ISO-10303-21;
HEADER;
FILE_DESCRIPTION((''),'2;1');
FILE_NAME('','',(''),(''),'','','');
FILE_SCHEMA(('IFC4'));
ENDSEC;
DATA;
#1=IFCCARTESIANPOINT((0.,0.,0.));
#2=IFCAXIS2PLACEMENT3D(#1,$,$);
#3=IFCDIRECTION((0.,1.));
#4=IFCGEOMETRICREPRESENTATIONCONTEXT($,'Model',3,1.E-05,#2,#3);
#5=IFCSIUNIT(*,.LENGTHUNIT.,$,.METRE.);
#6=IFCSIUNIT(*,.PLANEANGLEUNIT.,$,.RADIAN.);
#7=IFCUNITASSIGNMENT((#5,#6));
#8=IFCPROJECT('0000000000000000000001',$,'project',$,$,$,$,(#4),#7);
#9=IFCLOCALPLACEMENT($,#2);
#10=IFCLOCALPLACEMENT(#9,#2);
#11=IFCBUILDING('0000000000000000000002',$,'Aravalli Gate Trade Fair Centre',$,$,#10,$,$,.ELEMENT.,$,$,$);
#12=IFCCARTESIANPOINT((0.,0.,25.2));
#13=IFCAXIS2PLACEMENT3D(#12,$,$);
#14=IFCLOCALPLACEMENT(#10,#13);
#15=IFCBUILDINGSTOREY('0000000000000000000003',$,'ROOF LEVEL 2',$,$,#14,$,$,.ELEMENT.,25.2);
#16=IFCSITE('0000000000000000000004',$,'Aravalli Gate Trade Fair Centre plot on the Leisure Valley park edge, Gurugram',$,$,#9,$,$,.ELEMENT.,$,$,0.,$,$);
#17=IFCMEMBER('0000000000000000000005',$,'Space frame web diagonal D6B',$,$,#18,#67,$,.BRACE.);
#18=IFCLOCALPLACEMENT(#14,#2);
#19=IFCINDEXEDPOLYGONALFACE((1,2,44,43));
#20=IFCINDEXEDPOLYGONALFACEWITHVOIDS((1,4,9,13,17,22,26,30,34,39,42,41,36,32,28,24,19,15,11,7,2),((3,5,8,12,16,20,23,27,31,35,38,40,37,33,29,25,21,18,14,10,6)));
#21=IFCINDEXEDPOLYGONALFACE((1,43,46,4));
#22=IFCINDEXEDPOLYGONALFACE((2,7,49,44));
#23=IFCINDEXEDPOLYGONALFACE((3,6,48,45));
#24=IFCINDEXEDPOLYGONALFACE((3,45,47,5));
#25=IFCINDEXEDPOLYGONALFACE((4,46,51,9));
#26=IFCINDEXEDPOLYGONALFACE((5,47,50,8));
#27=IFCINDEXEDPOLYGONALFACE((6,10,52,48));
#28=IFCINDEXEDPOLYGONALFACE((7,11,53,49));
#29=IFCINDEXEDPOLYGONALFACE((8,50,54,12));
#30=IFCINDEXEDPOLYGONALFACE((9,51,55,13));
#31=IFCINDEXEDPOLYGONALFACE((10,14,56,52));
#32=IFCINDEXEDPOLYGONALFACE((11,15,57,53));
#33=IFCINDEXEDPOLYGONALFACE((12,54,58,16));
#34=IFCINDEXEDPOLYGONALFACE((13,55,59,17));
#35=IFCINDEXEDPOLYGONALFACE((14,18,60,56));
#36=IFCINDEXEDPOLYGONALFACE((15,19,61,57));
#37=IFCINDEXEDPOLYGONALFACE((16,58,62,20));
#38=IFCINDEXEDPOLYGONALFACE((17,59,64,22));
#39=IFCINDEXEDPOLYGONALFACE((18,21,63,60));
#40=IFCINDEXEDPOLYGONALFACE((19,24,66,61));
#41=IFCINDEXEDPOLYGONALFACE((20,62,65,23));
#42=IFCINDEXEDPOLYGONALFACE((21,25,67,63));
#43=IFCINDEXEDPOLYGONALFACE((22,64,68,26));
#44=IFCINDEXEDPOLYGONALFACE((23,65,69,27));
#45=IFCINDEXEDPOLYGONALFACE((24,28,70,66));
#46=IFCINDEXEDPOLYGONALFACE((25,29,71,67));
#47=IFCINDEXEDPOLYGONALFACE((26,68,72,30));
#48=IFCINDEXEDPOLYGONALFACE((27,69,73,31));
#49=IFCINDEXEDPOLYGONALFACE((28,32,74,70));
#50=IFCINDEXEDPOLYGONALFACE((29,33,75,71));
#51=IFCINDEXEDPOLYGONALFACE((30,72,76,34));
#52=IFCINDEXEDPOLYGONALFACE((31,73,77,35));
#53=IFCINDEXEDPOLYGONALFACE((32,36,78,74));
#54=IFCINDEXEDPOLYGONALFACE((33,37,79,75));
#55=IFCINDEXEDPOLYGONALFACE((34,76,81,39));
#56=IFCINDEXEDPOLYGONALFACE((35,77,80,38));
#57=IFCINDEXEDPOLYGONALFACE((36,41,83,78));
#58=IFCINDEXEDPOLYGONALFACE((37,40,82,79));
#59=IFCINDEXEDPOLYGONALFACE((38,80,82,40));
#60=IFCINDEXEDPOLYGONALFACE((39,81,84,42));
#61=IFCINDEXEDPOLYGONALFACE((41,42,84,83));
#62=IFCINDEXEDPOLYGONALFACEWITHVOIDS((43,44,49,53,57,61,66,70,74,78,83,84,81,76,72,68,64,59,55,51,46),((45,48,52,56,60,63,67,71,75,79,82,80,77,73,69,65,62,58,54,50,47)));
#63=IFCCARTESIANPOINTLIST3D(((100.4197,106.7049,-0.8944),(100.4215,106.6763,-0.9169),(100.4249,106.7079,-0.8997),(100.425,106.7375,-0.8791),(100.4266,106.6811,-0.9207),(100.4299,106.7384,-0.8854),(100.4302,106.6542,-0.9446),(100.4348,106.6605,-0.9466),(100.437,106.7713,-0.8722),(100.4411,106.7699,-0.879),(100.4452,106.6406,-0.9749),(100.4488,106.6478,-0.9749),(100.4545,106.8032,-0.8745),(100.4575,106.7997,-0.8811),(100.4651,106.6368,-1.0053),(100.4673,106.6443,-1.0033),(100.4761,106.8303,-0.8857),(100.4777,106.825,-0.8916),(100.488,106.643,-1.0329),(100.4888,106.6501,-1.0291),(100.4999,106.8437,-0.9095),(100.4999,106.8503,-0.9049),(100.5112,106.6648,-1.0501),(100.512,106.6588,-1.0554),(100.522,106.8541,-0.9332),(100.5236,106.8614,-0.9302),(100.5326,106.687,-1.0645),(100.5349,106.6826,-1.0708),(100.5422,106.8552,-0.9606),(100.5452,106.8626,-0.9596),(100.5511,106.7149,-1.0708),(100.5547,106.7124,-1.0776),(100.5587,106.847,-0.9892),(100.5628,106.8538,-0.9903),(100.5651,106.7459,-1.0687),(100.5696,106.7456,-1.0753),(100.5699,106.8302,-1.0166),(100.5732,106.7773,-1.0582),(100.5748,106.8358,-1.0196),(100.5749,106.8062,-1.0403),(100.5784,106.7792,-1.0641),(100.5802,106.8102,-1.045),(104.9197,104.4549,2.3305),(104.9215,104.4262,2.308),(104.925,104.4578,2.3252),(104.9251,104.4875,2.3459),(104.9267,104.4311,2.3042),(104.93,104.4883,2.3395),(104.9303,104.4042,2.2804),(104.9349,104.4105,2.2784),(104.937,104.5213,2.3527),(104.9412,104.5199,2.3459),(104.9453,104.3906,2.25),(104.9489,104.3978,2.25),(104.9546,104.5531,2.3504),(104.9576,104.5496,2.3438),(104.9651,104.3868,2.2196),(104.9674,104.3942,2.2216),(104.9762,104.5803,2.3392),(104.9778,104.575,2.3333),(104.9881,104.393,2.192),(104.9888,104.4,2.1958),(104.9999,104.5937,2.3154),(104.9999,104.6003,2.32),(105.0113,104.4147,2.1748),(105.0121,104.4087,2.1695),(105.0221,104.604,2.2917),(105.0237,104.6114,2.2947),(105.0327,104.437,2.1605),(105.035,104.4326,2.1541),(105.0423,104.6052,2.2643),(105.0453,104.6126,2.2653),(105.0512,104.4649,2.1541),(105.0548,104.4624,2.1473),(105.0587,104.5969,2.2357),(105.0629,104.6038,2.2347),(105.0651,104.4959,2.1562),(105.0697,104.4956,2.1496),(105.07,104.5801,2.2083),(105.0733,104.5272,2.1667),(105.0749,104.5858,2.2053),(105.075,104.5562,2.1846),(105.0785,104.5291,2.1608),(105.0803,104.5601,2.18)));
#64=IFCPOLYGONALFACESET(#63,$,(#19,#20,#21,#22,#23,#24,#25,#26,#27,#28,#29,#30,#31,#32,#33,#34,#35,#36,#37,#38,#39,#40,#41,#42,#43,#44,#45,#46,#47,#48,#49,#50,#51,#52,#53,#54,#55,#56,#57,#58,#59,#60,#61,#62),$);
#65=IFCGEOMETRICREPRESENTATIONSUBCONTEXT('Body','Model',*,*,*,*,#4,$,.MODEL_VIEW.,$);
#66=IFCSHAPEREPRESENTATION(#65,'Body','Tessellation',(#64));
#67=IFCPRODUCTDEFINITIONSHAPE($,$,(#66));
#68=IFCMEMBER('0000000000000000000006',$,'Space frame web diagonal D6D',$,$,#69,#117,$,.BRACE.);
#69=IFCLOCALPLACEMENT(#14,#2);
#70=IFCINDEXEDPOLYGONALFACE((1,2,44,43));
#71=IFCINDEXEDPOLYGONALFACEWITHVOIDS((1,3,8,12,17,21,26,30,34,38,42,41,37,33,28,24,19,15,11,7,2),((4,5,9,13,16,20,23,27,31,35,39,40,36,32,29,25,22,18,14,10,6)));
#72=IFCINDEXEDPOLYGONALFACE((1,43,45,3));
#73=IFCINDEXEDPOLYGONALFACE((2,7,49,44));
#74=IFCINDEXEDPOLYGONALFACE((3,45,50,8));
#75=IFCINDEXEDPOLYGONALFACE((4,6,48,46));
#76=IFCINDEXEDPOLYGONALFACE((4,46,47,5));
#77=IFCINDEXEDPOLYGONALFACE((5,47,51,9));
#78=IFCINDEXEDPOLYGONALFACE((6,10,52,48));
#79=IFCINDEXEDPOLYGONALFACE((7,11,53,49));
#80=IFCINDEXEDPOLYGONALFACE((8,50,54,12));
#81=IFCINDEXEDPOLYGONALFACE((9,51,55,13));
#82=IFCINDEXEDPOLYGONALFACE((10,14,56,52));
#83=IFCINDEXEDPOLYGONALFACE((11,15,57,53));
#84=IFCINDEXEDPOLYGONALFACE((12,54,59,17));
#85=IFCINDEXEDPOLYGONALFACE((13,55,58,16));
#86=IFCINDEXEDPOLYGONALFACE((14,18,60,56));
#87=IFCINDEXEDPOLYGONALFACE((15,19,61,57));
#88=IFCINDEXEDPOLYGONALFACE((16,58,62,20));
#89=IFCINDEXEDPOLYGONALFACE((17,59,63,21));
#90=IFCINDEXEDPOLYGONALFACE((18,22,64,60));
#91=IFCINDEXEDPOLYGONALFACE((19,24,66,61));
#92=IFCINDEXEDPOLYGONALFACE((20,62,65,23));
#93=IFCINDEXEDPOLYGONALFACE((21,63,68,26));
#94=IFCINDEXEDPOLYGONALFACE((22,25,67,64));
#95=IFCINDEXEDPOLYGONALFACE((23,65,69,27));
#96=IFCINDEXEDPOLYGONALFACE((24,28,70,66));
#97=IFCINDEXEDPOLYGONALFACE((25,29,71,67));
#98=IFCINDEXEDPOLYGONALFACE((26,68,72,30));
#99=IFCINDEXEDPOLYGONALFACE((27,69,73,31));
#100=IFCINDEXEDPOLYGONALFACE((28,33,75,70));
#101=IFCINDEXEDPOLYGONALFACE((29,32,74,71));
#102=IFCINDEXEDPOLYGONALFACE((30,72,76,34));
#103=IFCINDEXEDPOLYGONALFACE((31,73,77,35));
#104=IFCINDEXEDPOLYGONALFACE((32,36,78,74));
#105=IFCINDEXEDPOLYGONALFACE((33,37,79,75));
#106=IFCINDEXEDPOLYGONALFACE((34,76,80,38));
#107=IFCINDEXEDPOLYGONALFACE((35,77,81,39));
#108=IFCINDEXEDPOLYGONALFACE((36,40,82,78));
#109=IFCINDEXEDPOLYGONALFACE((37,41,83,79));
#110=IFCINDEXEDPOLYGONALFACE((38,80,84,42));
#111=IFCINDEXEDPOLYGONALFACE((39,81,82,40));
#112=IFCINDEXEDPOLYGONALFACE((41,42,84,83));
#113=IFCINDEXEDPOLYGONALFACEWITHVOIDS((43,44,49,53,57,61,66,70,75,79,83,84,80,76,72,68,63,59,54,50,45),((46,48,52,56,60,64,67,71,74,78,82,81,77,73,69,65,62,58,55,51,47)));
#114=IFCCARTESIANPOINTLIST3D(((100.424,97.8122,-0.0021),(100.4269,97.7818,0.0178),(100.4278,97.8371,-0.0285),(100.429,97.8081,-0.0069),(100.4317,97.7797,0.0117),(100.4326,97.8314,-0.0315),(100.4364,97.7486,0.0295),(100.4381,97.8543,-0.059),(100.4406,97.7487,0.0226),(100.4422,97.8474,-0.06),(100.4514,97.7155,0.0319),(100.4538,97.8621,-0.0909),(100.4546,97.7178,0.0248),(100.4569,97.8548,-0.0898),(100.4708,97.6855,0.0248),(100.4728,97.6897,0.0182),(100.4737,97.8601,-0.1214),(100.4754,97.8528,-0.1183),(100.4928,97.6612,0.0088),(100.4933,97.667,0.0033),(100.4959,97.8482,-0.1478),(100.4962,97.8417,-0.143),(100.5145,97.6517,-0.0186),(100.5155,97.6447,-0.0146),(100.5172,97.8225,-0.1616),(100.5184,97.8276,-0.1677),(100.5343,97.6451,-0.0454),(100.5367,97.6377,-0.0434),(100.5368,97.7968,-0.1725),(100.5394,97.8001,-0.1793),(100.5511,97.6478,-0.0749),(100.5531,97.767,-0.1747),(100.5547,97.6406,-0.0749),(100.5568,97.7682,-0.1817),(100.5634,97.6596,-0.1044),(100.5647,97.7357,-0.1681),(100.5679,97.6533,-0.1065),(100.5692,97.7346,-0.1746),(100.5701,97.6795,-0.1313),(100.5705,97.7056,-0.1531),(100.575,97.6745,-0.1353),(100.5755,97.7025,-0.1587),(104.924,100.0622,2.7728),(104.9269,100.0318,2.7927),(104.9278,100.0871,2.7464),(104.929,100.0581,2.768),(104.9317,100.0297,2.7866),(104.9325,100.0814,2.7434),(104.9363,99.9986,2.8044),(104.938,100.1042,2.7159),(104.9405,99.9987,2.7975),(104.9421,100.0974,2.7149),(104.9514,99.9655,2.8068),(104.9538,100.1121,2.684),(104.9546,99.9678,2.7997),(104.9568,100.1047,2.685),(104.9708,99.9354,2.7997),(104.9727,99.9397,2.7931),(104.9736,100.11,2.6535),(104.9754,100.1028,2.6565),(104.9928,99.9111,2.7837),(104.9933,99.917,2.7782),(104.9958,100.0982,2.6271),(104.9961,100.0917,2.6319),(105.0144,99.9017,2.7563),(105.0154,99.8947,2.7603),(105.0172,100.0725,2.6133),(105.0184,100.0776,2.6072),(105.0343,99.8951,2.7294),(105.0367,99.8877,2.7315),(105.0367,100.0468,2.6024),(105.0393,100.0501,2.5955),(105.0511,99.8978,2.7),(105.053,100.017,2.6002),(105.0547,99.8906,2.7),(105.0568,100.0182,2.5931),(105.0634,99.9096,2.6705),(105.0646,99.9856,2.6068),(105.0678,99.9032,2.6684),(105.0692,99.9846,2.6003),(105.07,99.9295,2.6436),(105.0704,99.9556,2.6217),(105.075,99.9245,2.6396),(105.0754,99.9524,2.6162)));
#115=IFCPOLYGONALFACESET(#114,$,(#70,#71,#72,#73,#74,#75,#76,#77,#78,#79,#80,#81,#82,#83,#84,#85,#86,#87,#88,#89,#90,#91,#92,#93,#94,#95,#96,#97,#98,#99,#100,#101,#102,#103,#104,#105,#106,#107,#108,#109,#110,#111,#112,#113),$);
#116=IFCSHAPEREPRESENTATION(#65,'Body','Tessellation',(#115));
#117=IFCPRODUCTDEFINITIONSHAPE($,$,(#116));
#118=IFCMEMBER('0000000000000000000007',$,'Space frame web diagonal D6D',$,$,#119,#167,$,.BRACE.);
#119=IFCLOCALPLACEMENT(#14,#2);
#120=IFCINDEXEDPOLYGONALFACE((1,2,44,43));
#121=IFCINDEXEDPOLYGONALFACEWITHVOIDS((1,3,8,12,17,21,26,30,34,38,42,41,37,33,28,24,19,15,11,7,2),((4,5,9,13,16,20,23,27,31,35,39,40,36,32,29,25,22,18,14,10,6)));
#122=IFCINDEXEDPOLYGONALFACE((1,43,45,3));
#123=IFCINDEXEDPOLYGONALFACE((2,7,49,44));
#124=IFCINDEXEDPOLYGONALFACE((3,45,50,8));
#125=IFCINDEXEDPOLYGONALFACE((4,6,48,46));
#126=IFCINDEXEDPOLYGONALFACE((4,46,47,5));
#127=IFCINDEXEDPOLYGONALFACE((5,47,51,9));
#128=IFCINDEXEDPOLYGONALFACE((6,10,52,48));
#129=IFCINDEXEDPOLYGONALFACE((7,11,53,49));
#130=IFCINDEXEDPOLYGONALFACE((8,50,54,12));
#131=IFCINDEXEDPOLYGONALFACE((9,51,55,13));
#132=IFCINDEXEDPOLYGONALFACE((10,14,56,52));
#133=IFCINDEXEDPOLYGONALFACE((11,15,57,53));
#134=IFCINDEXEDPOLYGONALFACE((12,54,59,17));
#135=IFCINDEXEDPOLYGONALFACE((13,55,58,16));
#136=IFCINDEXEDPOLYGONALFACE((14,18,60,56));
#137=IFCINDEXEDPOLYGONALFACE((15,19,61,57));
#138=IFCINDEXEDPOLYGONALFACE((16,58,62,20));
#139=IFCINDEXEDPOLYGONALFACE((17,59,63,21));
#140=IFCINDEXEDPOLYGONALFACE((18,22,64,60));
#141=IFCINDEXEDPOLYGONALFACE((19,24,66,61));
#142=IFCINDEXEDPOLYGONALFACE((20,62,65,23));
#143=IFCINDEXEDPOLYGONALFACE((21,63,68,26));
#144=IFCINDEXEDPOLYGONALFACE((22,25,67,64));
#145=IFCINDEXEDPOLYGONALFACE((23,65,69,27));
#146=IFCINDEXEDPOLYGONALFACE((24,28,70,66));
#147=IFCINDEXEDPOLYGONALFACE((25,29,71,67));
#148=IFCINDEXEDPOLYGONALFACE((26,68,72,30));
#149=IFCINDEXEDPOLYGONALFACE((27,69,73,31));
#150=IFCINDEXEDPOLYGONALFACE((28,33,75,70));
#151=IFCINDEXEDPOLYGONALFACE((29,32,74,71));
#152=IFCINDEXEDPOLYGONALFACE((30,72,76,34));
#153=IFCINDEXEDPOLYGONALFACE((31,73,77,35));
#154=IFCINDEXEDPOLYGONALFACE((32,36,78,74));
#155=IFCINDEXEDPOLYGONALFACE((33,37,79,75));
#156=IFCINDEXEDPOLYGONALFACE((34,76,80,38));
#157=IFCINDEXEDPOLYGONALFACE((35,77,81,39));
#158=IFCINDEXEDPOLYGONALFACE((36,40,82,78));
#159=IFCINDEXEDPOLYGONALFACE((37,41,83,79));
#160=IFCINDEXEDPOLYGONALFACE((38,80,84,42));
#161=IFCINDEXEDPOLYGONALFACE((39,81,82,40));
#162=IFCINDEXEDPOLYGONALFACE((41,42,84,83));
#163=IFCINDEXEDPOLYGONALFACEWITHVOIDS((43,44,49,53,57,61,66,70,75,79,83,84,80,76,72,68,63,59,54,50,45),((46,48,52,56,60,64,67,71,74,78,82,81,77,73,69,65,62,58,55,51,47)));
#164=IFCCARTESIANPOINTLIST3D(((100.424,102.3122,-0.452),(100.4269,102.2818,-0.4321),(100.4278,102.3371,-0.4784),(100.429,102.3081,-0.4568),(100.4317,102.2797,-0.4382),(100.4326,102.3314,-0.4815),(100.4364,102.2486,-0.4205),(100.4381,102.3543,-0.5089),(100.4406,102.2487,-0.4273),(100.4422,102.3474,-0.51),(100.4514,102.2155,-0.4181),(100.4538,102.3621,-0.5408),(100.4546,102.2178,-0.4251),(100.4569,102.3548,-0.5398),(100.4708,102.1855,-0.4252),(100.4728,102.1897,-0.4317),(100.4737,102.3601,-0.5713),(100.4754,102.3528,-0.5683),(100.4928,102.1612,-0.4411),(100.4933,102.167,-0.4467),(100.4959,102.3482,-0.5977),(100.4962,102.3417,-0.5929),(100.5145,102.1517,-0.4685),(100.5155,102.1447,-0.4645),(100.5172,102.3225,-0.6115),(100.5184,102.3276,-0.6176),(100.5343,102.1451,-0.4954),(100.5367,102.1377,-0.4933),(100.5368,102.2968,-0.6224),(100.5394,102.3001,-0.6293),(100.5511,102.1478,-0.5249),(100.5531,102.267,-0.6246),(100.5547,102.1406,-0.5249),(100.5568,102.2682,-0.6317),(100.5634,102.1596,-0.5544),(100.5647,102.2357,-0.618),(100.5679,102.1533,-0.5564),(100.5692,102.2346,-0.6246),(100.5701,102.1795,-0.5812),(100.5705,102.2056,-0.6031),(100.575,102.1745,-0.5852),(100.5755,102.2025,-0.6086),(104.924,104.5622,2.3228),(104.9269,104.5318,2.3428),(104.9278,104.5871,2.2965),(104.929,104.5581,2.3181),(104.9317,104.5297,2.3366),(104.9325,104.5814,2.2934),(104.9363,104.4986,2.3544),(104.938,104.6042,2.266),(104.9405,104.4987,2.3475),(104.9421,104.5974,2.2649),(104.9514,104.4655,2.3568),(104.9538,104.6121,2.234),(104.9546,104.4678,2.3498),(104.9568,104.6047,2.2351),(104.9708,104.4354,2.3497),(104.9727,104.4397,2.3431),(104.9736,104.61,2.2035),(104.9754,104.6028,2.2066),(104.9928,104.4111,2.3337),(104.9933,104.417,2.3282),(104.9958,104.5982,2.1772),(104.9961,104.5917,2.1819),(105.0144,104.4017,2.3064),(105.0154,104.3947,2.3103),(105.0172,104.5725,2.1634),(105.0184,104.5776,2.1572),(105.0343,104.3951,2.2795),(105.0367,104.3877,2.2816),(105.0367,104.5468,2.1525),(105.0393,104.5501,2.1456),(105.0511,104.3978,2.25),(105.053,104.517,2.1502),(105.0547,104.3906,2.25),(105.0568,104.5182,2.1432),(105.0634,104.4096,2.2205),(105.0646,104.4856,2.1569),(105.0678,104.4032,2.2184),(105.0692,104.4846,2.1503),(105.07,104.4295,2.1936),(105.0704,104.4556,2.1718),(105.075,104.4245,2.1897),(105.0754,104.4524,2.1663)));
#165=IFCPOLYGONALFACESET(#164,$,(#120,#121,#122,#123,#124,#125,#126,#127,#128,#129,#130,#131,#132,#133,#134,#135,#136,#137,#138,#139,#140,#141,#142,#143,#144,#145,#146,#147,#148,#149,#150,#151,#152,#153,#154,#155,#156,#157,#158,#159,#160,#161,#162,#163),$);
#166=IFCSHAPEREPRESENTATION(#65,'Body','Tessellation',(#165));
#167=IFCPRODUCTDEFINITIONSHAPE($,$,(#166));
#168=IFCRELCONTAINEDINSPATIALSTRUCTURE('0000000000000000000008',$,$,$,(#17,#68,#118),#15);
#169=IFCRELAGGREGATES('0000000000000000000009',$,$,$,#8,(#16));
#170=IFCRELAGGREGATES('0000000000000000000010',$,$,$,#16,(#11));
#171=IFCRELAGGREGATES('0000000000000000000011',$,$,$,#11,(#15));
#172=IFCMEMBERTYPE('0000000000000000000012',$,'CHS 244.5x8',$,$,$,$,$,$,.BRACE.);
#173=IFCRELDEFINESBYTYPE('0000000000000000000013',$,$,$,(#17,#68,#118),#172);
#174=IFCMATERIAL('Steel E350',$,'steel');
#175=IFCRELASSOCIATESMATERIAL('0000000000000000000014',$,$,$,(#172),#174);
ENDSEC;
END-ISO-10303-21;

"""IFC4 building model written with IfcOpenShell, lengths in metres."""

from ifc_helpers import new_model, si_unit, direction, frame, origin, origin_2d, place, context, subcontext, project, spatial, hollow_circle, extrude, material, material_profile, profile_set, type_object, element, save


model = new_model("IFC4")

# Units and contexts
model_context = context("Model", 3, precision=1e-05, world=origin(), true_north=direction((0.0, 1.0)))
body_context = subcontext(model_context, "Body", "Model", "MODEL_VIEW")
ifc_project = project(units=[si_unit("LENGTHUNIT", "METRE"), si_unit("PLANEANGLEUNIT", "RADIAN")], contexts=[model_context])

# Site, building, storey
site_placement = place(None, origin())
site = spatial("IfcSite", under=ifc_project, at=site_placement, Name="Aravalli Gate Trade Fair Centre plot on the Leisure Valley park edge, Gurugram", CompositionType="ELEMENT", RefElevation=0.0)
building_placement = place(site_placement, origin())
building = spatial("IfcBuilding", under=site, at=building_placement, Name="Aravalli Gate Trade Fair Centre", CompositionType="ELEMENT")
storey_placement = place(building_placement, frame((0.0, 0.0, 25.2)))
storey = spatial("IfcBuildingStorey", under=building, at=storey_placement, Name="ROOF LEVEL 2", CompositionType="ELEMENT", Elevation=25.2)

# Members
ifc_material_1 = material(Name="Steel E350", Category="steel")
ifc_material_profile_1 = material_profile(ifc_material_1, hollow_circle(Radius=0.1223, WallThickness=0.0081, at=origin_2d()), Name="CHS 244.5x8")
ifc_profile_set_1 = profile_set([ifc_material_profile_1], Name="Steel E350")
member_type_1 = type_object("IfcMemberType", Name="CHS 244.5x8", PredefinedType="BRACE", material=ifc_profile_set_1)
for number, where, z_axis, x_axis, name in (
    (1, (105.0, 104.5, 2.25), (-0.753016, 0.376508, -0.539637), (-0.447214, -0.894427, 0.0), "Space frame web diagonal D6B"),
):
    element("IfcMember", number, at=place(storey_placement, frame(where, z_axis=z_axis, x_axis=x_axis)), inside=storey, type_object=member_type_1, Name=name, PredefinedType="BRACE", context=body_context, shape_type="SweptSolid", body=[
        extrude(hollow_circle(Radius=0.1223, WallThickness=0.0081, at=origin_2d()), origin(), (0.0, 0.0, 1.0), 5.9761),
    ])
for number, where, z_axis, x_axis, name in (
    (2, (105.0, 100.0, 2.7), (-0.7832, -0.3916, -0.482956), (0.447214, -0.894427, 0.0), "Space frame web diagonal D6D"),
    (3, (105.0, 104.5, 2.25), (-0.7832, -0.3916, -0.482956), (0.447214, -0.894427, 0.0), "Space frame web diagonal D6D"),
):
    element("IfcMember", number, at=place(storey_placement, frame(where, z_axis=z_axis, x_axis=x_axis)), inside=storey, type_object=member_type_1, Name=name, PredefinedType="BRACE", context=body_context, shape_type="SweptSolid", body=[
        extrude(hollow_circle(Radius=0.1223, WallThickness=0.0081, at=origin_2d()), origin(), (0.0, 0.0, 1.0), 5.7456),
    ])

save(model, "model.ifc")
